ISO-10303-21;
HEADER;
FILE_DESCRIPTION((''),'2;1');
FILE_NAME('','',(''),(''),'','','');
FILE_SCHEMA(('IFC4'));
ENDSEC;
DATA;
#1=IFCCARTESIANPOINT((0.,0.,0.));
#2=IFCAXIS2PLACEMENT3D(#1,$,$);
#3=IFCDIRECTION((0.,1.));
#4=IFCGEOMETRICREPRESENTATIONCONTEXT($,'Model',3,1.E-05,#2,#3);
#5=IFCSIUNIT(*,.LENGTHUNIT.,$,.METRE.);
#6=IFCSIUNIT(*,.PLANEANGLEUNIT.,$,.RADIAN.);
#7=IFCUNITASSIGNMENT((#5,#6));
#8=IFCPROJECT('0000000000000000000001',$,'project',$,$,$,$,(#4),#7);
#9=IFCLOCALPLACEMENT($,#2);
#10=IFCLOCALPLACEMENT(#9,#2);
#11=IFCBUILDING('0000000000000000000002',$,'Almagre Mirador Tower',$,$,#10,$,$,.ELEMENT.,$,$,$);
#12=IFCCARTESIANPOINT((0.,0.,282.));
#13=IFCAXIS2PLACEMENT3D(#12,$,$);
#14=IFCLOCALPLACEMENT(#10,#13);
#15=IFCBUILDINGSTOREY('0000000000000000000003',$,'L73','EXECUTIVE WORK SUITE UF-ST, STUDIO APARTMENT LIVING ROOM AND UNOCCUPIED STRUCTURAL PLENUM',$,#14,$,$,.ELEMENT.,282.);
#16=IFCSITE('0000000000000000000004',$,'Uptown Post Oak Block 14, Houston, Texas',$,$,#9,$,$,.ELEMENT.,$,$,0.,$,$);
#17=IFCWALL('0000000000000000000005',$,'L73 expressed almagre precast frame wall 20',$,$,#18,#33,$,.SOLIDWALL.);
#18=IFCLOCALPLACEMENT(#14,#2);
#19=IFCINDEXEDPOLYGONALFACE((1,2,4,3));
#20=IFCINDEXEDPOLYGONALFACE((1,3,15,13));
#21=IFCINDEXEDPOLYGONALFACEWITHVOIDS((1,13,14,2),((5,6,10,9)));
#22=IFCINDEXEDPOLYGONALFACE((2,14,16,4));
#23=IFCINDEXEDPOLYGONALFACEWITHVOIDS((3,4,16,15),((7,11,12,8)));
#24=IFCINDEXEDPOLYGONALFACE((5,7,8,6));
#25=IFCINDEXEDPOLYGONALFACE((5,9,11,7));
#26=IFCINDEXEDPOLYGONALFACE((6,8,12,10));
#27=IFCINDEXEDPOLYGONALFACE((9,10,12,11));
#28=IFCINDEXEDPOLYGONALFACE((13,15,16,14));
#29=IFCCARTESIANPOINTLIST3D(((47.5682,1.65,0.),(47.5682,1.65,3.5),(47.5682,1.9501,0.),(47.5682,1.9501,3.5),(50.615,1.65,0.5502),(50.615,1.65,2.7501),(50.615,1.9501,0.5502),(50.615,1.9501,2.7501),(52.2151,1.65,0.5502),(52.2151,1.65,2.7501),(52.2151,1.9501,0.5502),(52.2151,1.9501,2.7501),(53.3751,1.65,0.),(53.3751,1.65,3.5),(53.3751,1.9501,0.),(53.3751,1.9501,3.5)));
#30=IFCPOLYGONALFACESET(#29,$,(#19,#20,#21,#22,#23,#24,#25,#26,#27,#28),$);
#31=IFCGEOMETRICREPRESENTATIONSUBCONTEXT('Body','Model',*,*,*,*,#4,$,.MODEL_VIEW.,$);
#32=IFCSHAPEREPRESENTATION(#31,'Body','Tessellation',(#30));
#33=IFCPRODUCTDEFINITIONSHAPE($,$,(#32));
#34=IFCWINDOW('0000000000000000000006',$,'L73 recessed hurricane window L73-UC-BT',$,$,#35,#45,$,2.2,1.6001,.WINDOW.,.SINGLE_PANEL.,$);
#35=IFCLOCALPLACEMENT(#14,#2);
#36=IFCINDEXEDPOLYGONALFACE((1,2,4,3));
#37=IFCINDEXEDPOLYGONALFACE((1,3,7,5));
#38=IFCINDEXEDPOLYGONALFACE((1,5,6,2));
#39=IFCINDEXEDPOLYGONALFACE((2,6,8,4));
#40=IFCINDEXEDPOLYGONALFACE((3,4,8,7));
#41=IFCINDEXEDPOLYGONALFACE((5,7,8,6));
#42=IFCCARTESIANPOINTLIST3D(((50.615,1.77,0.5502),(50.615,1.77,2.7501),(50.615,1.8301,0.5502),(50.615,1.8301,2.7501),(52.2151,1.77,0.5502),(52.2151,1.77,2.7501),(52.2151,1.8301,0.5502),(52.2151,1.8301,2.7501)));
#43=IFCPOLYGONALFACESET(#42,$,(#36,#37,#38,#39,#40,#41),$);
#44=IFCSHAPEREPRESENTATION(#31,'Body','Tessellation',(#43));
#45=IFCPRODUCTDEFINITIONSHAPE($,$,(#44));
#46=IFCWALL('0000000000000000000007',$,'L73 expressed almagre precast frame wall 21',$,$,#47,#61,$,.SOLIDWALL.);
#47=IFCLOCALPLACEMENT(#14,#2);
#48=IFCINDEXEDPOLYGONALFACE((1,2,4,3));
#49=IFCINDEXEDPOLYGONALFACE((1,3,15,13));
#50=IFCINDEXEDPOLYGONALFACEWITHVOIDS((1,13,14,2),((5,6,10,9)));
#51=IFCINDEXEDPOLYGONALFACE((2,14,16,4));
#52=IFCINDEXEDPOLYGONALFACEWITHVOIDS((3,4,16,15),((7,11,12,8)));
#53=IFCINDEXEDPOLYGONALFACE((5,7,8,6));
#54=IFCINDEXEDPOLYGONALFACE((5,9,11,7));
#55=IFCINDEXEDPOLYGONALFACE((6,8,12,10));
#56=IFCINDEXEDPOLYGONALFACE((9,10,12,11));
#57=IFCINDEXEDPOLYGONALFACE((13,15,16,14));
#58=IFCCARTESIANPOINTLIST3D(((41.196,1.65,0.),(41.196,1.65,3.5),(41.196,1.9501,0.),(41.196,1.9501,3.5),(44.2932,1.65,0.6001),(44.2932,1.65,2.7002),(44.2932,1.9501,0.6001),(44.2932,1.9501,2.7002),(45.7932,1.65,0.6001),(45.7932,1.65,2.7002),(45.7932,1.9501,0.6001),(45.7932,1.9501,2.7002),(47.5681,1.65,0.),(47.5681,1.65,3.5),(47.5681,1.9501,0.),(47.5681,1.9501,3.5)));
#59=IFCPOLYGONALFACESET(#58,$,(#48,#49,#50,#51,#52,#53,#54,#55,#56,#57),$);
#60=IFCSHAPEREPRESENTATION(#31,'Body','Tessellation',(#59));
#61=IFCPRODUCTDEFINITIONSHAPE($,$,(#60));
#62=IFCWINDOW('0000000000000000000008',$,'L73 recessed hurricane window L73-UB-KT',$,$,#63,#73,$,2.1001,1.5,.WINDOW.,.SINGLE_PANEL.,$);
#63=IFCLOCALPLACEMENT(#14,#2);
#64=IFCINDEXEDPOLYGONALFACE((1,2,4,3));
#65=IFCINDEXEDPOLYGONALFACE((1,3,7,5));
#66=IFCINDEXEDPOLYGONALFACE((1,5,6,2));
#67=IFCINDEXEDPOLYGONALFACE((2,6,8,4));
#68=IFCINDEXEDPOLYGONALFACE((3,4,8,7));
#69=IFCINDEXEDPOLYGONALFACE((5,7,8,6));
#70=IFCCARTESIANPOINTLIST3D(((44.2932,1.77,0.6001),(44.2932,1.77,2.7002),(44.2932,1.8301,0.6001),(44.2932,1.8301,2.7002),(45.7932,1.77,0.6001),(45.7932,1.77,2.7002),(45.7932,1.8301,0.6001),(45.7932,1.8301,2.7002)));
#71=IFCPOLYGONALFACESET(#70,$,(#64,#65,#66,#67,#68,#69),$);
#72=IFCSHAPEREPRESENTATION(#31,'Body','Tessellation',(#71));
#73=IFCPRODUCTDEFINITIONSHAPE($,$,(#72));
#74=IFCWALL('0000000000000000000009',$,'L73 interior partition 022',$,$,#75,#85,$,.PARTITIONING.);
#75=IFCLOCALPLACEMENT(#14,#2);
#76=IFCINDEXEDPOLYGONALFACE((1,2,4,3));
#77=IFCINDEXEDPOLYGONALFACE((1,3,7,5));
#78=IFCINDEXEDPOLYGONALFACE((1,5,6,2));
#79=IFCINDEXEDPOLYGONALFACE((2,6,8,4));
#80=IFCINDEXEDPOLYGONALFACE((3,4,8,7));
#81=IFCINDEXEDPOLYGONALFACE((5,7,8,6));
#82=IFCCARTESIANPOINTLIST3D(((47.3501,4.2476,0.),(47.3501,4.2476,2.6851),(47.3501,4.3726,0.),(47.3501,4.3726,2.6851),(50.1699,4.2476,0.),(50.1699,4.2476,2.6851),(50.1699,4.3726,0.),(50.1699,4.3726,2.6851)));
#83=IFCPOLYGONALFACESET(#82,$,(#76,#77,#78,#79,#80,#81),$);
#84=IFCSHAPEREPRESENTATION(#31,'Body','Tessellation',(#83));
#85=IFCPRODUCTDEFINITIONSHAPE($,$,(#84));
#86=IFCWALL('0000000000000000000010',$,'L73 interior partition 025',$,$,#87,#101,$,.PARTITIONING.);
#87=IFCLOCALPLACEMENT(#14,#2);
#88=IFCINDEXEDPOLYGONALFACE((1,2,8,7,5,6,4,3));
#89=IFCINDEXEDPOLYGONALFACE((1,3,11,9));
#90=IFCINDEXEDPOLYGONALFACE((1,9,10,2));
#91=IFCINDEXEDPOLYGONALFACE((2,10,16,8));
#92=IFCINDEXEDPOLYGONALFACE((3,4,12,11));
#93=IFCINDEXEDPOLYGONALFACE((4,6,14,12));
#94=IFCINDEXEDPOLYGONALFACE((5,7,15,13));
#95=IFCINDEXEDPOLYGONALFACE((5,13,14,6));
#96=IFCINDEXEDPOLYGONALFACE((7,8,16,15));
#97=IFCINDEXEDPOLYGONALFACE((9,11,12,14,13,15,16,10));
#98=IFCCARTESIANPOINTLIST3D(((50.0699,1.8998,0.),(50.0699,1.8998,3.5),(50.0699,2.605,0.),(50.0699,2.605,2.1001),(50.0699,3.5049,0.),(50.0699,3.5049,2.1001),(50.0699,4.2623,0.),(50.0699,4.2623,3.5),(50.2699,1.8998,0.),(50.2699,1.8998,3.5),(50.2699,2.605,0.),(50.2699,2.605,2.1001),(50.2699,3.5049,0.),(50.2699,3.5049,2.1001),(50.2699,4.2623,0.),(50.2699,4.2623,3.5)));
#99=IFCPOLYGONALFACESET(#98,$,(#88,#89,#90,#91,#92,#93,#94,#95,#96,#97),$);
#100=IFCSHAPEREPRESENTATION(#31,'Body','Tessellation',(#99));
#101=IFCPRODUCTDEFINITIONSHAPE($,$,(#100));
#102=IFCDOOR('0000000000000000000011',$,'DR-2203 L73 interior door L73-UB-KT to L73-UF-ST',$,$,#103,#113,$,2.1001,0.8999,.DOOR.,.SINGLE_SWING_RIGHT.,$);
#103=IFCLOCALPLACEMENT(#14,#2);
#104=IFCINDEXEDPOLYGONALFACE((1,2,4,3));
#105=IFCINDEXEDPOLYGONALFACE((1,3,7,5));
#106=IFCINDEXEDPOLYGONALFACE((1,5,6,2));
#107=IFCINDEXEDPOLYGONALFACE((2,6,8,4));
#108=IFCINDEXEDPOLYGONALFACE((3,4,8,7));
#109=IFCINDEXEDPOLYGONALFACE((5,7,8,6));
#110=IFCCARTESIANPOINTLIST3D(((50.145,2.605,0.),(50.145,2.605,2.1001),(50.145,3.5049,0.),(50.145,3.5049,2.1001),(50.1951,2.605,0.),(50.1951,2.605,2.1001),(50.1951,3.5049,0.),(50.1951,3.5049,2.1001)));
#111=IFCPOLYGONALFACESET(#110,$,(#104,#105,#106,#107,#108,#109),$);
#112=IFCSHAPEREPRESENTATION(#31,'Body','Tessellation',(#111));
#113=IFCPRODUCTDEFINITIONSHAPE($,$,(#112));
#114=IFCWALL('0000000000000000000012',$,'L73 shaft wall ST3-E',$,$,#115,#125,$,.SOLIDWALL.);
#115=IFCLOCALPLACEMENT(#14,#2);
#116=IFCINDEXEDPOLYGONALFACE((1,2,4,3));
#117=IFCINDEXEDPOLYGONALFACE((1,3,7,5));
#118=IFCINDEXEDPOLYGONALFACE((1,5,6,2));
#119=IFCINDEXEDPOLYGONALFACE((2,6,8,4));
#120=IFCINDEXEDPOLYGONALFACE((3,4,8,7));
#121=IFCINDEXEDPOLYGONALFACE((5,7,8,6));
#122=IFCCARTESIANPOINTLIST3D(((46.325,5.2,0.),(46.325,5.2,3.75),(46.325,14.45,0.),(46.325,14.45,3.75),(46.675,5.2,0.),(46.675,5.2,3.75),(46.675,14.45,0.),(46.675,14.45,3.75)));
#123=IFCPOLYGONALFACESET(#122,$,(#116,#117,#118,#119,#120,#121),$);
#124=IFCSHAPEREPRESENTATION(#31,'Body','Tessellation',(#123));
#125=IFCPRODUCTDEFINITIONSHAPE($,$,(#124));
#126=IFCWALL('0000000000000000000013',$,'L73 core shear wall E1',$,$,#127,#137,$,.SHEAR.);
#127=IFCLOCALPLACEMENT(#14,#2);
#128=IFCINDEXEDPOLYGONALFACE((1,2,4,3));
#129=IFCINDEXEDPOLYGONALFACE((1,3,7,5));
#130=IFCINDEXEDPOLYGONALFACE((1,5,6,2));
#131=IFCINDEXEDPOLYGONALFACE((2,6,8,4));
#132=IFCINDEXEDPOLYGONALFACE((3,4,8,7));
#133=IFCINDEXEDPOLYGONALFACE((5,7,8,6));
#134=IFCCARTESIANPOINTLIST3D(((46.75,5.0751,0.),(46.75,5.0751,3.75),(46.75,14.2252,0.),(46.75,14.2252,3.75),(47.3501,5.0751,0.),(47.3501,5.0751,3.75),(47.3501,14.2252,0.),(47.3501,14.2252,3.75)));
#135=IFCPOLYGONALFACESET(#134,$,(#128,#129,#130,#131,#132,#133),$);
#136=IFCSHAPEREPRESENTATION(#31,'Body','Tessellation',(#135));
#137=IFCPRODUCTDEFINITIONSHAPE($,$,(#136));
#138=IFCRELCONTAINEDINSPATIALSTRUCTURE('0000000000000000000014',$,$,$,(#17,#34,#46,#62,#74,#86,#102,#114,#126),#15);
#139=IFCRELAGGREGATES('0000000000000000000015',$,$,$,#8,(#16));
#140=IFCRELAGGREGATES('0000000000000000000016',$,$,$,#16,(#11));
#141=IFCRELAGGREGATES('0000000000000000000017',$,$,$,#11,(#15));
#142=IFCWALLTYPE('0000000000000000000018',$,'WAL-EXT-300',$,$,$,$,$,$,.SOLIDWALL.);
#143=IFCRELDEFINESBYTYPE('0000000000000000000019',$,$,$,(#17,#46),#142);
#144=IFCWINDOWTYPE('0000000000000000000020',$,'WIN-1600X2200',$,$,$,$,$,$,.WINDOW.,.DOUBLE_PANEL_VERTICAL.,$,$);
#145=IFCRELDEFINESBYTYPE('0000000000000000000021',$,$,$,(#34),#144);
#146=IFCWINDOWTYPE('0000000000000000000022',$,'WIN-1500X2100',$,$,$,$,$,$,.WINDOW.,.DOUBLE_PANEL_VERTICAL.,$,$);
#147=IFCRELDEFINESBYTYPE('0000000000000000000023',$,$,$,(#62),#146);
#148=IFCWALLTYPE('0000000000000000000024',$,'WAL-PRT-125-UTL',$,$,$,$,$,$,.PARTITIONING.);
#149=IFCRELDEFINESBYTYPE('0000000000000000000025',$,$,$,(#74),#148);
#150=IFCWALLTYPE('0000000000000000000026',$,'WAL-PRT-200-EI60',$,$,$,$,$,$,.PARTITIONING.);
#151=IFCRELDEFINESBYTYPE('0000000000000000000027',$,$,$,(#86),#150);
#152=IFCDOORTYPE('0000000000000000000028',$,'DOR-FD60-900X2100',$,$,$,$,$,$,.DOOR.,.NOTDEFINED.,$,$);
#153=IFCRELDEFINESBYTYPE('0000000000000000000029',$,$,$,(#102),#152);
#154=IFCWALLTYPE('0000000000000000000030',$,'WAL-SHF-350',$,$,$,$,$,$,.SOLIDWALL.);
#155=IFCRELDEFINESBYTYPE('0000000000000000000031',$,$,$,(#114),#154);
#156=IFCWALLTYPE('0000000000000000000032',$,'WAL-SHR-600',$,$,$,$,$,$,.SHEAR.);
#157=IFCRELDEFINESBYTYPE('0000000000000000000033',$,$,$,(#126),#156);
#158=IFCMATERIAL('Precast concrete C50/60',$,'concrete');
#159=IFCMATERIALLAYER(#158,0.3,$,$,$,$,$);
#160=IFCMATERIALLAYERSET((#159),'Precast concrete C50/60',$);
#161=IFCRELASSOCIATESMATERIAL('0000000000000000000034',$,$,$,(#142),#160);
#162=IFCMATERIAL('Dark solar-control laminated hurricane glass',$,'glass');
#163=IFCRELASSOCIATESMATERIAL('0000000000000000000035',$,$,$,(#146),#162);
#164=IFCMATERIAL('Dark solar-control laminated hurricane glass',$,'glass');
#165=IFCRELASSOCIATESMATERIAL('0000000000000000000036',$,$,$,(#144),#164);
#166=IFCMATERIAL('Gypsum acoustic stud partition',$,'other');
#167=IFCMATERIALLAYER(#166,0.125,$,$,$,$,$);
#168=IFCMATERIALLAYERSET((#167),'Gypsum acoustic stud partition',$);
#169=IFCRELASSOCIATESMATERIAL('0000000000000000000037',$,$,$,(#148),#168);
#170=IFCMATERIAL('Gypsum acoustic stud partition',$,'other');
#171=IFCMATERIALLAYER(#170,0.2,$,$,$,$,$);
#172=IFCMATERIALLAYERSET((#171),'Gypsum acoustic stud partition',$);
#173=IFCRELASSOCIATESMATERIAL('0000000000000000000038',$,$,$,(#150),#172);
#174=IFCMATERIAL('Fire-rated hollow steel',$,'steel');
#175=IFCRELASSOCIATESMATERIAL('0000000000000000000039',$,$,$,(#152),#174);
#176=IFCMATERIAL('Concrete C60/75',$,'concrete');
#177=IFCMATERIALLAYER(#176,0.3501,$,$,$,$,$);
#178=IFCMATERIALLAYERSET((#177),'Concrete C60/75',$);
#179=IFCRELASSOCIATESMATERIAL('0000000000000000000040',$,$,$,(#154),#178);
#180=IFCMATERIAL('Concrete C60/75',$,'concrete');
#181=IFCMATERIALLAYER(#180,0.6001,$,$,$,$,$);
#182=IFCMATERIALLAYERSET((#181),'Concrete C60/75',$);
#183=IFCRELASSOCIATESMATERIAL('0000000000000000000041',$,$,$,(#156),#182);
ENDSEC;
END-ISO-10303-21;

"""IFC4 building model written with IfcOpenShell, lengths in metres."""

from ifc_helpers import new_model, si_unit, direction, frame, frame_2d, origin, place, context, subcontext, project, spatial, rectangle, extrude, material, layer, layer_set, type_object, element, fill, save


model = new_model("IFC4")

# Units and contexts
model_context = context("Model", 3, precision=1e-05, world=origin(), true_north=direction((0.0, 1.0)))
body_context = subcontext(model_context, "Body", "Model", "MODEL_VIEW")
ifc_project = project(units=[si_unit("LENGTHUNIT", "METRE"), si_unit("PLANEANGLEUNIT", "RADIAN")], contexts=[model_context])

# Site, building, storey
site_placement = place(None, origin())
site = spatial("IfcSite", under=ifc_project, at=site_placement, Name="Uptown Post Oak Block 14, Houston, Texas", CompositionType="ELEMENT", RefElevation=0.0)
building_placement = place(site_placement, origin())
building = spatial("IfcBuilding", under=site, at=building_placement, Name="Almagre Mirador Tower", CompositionType="ELEMENT")
storey_placement = place(building_placement, frame((0.0, 0.0, 282.0)))
storey = spatial("IfcBuildingStorey", under=building, at=storey_placement, Name="L73", Description="EXECUTIVE WORK SUITE UF-ST, STUDIO APARTMENT LIVING ROOM AND UNOCCUPIED STRUCTURAL PLENUM", CompositionType="ELEMENT", Elevation=282.0)

# Shared definitions
ifc_material_1 = material(Name="Precast concrete C50/60", Category="concrete")
ifc_layer_1 = layer(ifc_material_1, 0.3)
ifc_layer_set_1 = layer_set([ifc_layer_1], Name="Precast concrete C50/60")
wall_type_1 = type_object("IfcWallType", Name="WAL-EXT-300", PredefinedType="SOLIDWALL", material=ifc_layer_set_1)
ifc_material_2 = material(Name="Dark solar-control laminated hurricane glass", Category="glass")
window_type_1 = type_object("IfcWindowType", Name="WIN-1500X2100", PartitioningType="DOUBLE_PANEL_VERTICAL", PredefinedType="WINDOW", material=ifc_material_2)

# Walls, openings, windows
wall_1_placement = place(storey_placement, frame((53.375, 1.8, 0.0), z_axis=(0.0, 0.0, 1.0), x_axis=(-1.0, 0.0, 0.0)))
wall_1 = element("IfcWall", 1, at=wall_1_placement, inside=storey, type_object=wall_type_1, Name="L73 expressed almagre precast frame wall 20", PredefinedType="SOLIDWALL", context=body_context, shape_type="SweptSolid", body=[
    extrude(rectangle(XDim=5.8069, YDim=0.3, at=frame_2d((2.9033, 0.0))), origin(), (0.0, 0.0, 1.0), 3.5),
])
opening_1_placement = place(wall_1_placement, frame((1.1599, 0.0, 0.55)))
opening_1 = element("IfcOpeningElement", 2, at=opening_1_placement, cuts=wall_1, PredefinedType="OPENING", context=body_context, shape_type="SweptSolid", body=[
    extrude(rectangle(XDim=1.6001, YDim=2.2, at=frame_2d((0.8, 1.1001))), frame((0.0, 0.1599, 0.0), z_axis=(0.0, -1.0, 0.0), x_axis=(1.0, 0.0, 0.0)), (0.0, 0.0, 1.0), 0.32),
])
ifc_material_3 = material(Name="Dark solar-control laminated hurricane glass", Category="glass")
window_type_2 = type_object("IfcWindowType", Name="WIN-1600X2200", PartitioningType="DOUBLE_PANEL_VERTICAL", PredefinedType="WINDOW", material=ifc_material_3)
window_1_placement = place(opening_1_placement, origin())
window_1 = element("IfcWindow", 3, at=window_1_placement, inside=storey, type_object=window_type_2, Name="L73 recessed hurricane window L73-UC-BT", OverallHeight=2.2, OverallWidth=1.6001, PartitioningType="SINGLE_PANEL", PredefinedType="WINDOW", context=body_context, shape_type="SweptSolid", body=[
    extrude(rectangle(XDim=1.6001, YDim=2.2, at=frame_2d((0.8, 1.1001))), frame((0.0, 0.03, 0.0), z_axis=(0.0, -1.0, 0.0), x_axis=(1.0, 0.0, 0.0)), (0.0, 0.0, 1.0), 0.0601),
])
fill(opening_1, window_1)
wall_2_placement = place(storey_placement, frame((47.5681, 1.8, 0.0), z_axis=(0.0, 0.0, 1.0), x_axis=(-1.0, 0.0, 0.0)))
wall_2 = element("IfcWall", 4, at=wall_2_placement, inside=storey, type_object=wall_type_1, Name="L73 expressed almagre precast frame wall 21", PredefinedType="SOLIDWALL", context=body_context, shape_type="SweptSolid", body=[
    extrude(rectangle(XDim=6.3721, YDim=0.3, at=frame_2d((3.186, 0.0))), origin(), (0.0, 0.0, 1.0), 3.5),
])
opening_2_placement = place(wall_2_placement, frame((1.7749, 0.0, 0.6001)))
opening_2 = element("IfcOpeningElement", 5, at=opening_2_placement, cuts=wall_2, PredefinedType="OPENING", context=body_context, shape_type="SweptSolid", body=[
    extrude(rectangle(XDim=1.5, YDim=2.1001, at=frame_2d((0.75, 1.05))), frame((0.0, 0.1599, 0.0), z_axis=(0.0, -1.0, 0.0), x_axis=(1.0, 0.0, 0.0)), (0.0, 0.0, 1.0), 0.32),
])
window_2_placement = place(opening_2_placement, origin())
window_2 = element("IfcWindow", 6, at=window_2_placement, inside=storey, type_object=window_type_1, Name="L73 recessed hurricane window L73-UB-KT", OverallHeight=2.1001, OverallWidth=1.5, PartitioningType="SINGLE_PANEL", PredefinedType="WINDOW", context=body_context, shape_type="SweptSolid", body=[
    extrude(rectangle(XDim=1.5, YDim=2.1001, at=frame_2d((0.75, 1.05))), frame((0.0, 0.03, 0.0), z_axis=(0.0, -1.0, 0.0), x_axis=(1.0, 0.0, 0.0)), (0.0, 0.0, 1.0), 0.0601),
])
fill(opening_2, window_2)

# Wall
ifc_material_4 = material(Name="Gypsum acoustic stud partition", Category="other")
ifc_layer_2 = layer(ifc_material_4, 0.125)
ifc_layer_set_2 = layer_set([ifc_layer_2], Name="Gypsum acoustic stud partition")
wall_type_2 = type_object("IfcWallType", Name="WAL-PRT-125-UTL", PredefinedType="PARTITIONING", material=ifc_layer_set_2)
wall_3_placement = place(storey_placement, frame((47.3501, 4.3101, 0.0), z_axis=(0.0, 0.0, 1.0), x_axis=(1.0, 0.0, 0.0)))
element("IfcWall", 7, at=wall_3_placement, inside=storey, type_object=wall_type_2, Name="L73 interior partition 022", PredefinedType="PARTITIONING", context=body_context, shape_type="SweptSolid", body=[
    extrude(rectangle(XDim=2.8198, YDim=0.125, at=frame_2d((1.4099, 0.0))), origin(), (0.0, 0.0, 1.0), 2.6851),
])

# Wall, opening, door
ifc_material_5 = material(Name="Gypsum acoustic stud partition", Category="other")
ifc_layer_3 = layer(ifc_material_5, 0.2)
ifc_layer_set_3 = layer_set([ifc_layer_3], Name="Gypsum acoustic stud partition")
wall_type_3 = type_object("IfcWallType", Name="WAL-PRT-200-EI60", PredefinedType="PARTITIONING", material=ifc_layer_set_3)
wall_4_placement = place(storey_placement, frame((50.1699, 1.8999, 0.0), z_axis=(0.0, 0.0, 1.0), x_axis=(0.0, 1.0, 0.0)))
wall_4 = element("IfcWall", 8, at=wall_4_placement, inside=storey, type_object=wall_type_3, Name="L73 interior partition 025", PredefinedType="PARTITIONING", context=body_context, shape_type="SweptSolid", body=[
    extrude(rectangle(XDim=2.3625, YDim=0.2, at=frame_2d((1.1812, 0.0))), origin(), (0.0, 0.0, 1.0), 3.5),
])
opening_3_placement = place(wall_4_placement, frame((0.7051, 0.0, 0.0)))
opening_3 = element("IfcOpeningElement", 9, at=opening_3_placement, cuts=wall_4, PredefinedType="OPENING", context=body_context, shape_type="SweptSolid", body=[
    extrude(rectangle(XDim=0.8999, YDim=2.1001, at=frame_2d((0.45, 1.05))), frame((0.0, 0.1101, 0.0), z_axis=(0.0, -1.0, 0.0), x_axis=(1.0, 0.0, 0.0)), (0.0, 0.0, 1.0), 0.22),
])
ifc_material_6 = material(Name="Fire-rated hollow steel", Category="steel")
door_type = type_object("IfcDoorType", Name="DOR-FD60-900X2100", OperationType="NOTDEFINED", PredefinedType="DOOR", material=ifc_material_6)
door_placement = place(opening_3_placement, origin())
door = element("IfcDoor", 10, at=door_placement, inside=storey, type_object=door_type, Name="DR-2203 L73 interior door L73-UB-KT to L73-UF-ST", OperationType="SINGLE_SWING_RIGHT", OverallHeight=2.1001, OverallWidth=0.8999, PredefinedType="DOOR", context=body_context, shape_type="SweptSolid", body=[
    extrude(rectangle(XDim=0.8999, YDim=2.1001, at=frame_2d((0.45, 1.05))), frame((0.0, 0.0249, 0.0), z_axis=(0.0, -1.0, 0.0), x_axis=(1.0, 0.0, 0.0)), (0.0, 0.0, 1.0), 0.05),
])
fill(opening_3, door)

# Walls
ifc_material_7 = material(Name="Concrete C60/75", Category="concrete")
ifc_layer_4 = layer(ifc_material_7, 0.3501)
ifc_layer_set_4 = layer_set([ifc_layer_4], Name="Concrete C60/75")
wall_type_4 = type_object("IfcWallType", Name="WAL-SHF-350", PredefinedType="SOLIDWALL", material=ifc_layer_set_4)
wall_5_placement = place(storey_placement, frame((46.5, 5.2, 0.0), z_axis=(0.0, 0.0, 1.0), x_axis=(0.0, 1.0, 0.0)))
element("IfcWall", 11, at=wall_5_placement, inside=storey, type_object=wall_type_4, Name="L73 shaft wall ST3-E", PredefinedType="SOLIDWALL", context=body_context, shape_type="SweptSolid", body=[
    extrude(rectangle(XDim=9.25, YDim=0.3501, at=frame_2d((4.625, 0.0))), origin(), (0.0, 0.0, 1.0), 3.75),
])
ifc_material_8 = material(Name="Concrete C60/75", Category="concrete")
ifc_layer_5 = layer(ifc_material_8, 0.6001)
ifc_layer_set_5 = layer_set([ifc_layer_5], Name="Concrete C60/75")
wall_type_5 = type_object("IfcWallType", Name="WAL-SHR-600", PredefinedType="SHEAR", material=ifc_layer_set_5)
wall_6_placement = place(storey_placement, frame((47.05, 5.075, 0.0), z_axis=(0.0, 0.0, 1.0), x_axis=(0.0, 1.0, 0.0)))
element("IfcWall", 12, at=wall_6_placement, inside=storey, type_object=wall_type_5, Name="L73 core shear wall E1", PredefinedType="SHEAR", context=body_context, shape_type="SweptSolid", body=[
    extrude(rectangle(XDim=9.1501, YDim=0.6001, at=frame_2d((4.5752, 0.0))), origin(), (0.0, 0.0, 1.0), 3.75),
])

save(model, "model.ifc")
